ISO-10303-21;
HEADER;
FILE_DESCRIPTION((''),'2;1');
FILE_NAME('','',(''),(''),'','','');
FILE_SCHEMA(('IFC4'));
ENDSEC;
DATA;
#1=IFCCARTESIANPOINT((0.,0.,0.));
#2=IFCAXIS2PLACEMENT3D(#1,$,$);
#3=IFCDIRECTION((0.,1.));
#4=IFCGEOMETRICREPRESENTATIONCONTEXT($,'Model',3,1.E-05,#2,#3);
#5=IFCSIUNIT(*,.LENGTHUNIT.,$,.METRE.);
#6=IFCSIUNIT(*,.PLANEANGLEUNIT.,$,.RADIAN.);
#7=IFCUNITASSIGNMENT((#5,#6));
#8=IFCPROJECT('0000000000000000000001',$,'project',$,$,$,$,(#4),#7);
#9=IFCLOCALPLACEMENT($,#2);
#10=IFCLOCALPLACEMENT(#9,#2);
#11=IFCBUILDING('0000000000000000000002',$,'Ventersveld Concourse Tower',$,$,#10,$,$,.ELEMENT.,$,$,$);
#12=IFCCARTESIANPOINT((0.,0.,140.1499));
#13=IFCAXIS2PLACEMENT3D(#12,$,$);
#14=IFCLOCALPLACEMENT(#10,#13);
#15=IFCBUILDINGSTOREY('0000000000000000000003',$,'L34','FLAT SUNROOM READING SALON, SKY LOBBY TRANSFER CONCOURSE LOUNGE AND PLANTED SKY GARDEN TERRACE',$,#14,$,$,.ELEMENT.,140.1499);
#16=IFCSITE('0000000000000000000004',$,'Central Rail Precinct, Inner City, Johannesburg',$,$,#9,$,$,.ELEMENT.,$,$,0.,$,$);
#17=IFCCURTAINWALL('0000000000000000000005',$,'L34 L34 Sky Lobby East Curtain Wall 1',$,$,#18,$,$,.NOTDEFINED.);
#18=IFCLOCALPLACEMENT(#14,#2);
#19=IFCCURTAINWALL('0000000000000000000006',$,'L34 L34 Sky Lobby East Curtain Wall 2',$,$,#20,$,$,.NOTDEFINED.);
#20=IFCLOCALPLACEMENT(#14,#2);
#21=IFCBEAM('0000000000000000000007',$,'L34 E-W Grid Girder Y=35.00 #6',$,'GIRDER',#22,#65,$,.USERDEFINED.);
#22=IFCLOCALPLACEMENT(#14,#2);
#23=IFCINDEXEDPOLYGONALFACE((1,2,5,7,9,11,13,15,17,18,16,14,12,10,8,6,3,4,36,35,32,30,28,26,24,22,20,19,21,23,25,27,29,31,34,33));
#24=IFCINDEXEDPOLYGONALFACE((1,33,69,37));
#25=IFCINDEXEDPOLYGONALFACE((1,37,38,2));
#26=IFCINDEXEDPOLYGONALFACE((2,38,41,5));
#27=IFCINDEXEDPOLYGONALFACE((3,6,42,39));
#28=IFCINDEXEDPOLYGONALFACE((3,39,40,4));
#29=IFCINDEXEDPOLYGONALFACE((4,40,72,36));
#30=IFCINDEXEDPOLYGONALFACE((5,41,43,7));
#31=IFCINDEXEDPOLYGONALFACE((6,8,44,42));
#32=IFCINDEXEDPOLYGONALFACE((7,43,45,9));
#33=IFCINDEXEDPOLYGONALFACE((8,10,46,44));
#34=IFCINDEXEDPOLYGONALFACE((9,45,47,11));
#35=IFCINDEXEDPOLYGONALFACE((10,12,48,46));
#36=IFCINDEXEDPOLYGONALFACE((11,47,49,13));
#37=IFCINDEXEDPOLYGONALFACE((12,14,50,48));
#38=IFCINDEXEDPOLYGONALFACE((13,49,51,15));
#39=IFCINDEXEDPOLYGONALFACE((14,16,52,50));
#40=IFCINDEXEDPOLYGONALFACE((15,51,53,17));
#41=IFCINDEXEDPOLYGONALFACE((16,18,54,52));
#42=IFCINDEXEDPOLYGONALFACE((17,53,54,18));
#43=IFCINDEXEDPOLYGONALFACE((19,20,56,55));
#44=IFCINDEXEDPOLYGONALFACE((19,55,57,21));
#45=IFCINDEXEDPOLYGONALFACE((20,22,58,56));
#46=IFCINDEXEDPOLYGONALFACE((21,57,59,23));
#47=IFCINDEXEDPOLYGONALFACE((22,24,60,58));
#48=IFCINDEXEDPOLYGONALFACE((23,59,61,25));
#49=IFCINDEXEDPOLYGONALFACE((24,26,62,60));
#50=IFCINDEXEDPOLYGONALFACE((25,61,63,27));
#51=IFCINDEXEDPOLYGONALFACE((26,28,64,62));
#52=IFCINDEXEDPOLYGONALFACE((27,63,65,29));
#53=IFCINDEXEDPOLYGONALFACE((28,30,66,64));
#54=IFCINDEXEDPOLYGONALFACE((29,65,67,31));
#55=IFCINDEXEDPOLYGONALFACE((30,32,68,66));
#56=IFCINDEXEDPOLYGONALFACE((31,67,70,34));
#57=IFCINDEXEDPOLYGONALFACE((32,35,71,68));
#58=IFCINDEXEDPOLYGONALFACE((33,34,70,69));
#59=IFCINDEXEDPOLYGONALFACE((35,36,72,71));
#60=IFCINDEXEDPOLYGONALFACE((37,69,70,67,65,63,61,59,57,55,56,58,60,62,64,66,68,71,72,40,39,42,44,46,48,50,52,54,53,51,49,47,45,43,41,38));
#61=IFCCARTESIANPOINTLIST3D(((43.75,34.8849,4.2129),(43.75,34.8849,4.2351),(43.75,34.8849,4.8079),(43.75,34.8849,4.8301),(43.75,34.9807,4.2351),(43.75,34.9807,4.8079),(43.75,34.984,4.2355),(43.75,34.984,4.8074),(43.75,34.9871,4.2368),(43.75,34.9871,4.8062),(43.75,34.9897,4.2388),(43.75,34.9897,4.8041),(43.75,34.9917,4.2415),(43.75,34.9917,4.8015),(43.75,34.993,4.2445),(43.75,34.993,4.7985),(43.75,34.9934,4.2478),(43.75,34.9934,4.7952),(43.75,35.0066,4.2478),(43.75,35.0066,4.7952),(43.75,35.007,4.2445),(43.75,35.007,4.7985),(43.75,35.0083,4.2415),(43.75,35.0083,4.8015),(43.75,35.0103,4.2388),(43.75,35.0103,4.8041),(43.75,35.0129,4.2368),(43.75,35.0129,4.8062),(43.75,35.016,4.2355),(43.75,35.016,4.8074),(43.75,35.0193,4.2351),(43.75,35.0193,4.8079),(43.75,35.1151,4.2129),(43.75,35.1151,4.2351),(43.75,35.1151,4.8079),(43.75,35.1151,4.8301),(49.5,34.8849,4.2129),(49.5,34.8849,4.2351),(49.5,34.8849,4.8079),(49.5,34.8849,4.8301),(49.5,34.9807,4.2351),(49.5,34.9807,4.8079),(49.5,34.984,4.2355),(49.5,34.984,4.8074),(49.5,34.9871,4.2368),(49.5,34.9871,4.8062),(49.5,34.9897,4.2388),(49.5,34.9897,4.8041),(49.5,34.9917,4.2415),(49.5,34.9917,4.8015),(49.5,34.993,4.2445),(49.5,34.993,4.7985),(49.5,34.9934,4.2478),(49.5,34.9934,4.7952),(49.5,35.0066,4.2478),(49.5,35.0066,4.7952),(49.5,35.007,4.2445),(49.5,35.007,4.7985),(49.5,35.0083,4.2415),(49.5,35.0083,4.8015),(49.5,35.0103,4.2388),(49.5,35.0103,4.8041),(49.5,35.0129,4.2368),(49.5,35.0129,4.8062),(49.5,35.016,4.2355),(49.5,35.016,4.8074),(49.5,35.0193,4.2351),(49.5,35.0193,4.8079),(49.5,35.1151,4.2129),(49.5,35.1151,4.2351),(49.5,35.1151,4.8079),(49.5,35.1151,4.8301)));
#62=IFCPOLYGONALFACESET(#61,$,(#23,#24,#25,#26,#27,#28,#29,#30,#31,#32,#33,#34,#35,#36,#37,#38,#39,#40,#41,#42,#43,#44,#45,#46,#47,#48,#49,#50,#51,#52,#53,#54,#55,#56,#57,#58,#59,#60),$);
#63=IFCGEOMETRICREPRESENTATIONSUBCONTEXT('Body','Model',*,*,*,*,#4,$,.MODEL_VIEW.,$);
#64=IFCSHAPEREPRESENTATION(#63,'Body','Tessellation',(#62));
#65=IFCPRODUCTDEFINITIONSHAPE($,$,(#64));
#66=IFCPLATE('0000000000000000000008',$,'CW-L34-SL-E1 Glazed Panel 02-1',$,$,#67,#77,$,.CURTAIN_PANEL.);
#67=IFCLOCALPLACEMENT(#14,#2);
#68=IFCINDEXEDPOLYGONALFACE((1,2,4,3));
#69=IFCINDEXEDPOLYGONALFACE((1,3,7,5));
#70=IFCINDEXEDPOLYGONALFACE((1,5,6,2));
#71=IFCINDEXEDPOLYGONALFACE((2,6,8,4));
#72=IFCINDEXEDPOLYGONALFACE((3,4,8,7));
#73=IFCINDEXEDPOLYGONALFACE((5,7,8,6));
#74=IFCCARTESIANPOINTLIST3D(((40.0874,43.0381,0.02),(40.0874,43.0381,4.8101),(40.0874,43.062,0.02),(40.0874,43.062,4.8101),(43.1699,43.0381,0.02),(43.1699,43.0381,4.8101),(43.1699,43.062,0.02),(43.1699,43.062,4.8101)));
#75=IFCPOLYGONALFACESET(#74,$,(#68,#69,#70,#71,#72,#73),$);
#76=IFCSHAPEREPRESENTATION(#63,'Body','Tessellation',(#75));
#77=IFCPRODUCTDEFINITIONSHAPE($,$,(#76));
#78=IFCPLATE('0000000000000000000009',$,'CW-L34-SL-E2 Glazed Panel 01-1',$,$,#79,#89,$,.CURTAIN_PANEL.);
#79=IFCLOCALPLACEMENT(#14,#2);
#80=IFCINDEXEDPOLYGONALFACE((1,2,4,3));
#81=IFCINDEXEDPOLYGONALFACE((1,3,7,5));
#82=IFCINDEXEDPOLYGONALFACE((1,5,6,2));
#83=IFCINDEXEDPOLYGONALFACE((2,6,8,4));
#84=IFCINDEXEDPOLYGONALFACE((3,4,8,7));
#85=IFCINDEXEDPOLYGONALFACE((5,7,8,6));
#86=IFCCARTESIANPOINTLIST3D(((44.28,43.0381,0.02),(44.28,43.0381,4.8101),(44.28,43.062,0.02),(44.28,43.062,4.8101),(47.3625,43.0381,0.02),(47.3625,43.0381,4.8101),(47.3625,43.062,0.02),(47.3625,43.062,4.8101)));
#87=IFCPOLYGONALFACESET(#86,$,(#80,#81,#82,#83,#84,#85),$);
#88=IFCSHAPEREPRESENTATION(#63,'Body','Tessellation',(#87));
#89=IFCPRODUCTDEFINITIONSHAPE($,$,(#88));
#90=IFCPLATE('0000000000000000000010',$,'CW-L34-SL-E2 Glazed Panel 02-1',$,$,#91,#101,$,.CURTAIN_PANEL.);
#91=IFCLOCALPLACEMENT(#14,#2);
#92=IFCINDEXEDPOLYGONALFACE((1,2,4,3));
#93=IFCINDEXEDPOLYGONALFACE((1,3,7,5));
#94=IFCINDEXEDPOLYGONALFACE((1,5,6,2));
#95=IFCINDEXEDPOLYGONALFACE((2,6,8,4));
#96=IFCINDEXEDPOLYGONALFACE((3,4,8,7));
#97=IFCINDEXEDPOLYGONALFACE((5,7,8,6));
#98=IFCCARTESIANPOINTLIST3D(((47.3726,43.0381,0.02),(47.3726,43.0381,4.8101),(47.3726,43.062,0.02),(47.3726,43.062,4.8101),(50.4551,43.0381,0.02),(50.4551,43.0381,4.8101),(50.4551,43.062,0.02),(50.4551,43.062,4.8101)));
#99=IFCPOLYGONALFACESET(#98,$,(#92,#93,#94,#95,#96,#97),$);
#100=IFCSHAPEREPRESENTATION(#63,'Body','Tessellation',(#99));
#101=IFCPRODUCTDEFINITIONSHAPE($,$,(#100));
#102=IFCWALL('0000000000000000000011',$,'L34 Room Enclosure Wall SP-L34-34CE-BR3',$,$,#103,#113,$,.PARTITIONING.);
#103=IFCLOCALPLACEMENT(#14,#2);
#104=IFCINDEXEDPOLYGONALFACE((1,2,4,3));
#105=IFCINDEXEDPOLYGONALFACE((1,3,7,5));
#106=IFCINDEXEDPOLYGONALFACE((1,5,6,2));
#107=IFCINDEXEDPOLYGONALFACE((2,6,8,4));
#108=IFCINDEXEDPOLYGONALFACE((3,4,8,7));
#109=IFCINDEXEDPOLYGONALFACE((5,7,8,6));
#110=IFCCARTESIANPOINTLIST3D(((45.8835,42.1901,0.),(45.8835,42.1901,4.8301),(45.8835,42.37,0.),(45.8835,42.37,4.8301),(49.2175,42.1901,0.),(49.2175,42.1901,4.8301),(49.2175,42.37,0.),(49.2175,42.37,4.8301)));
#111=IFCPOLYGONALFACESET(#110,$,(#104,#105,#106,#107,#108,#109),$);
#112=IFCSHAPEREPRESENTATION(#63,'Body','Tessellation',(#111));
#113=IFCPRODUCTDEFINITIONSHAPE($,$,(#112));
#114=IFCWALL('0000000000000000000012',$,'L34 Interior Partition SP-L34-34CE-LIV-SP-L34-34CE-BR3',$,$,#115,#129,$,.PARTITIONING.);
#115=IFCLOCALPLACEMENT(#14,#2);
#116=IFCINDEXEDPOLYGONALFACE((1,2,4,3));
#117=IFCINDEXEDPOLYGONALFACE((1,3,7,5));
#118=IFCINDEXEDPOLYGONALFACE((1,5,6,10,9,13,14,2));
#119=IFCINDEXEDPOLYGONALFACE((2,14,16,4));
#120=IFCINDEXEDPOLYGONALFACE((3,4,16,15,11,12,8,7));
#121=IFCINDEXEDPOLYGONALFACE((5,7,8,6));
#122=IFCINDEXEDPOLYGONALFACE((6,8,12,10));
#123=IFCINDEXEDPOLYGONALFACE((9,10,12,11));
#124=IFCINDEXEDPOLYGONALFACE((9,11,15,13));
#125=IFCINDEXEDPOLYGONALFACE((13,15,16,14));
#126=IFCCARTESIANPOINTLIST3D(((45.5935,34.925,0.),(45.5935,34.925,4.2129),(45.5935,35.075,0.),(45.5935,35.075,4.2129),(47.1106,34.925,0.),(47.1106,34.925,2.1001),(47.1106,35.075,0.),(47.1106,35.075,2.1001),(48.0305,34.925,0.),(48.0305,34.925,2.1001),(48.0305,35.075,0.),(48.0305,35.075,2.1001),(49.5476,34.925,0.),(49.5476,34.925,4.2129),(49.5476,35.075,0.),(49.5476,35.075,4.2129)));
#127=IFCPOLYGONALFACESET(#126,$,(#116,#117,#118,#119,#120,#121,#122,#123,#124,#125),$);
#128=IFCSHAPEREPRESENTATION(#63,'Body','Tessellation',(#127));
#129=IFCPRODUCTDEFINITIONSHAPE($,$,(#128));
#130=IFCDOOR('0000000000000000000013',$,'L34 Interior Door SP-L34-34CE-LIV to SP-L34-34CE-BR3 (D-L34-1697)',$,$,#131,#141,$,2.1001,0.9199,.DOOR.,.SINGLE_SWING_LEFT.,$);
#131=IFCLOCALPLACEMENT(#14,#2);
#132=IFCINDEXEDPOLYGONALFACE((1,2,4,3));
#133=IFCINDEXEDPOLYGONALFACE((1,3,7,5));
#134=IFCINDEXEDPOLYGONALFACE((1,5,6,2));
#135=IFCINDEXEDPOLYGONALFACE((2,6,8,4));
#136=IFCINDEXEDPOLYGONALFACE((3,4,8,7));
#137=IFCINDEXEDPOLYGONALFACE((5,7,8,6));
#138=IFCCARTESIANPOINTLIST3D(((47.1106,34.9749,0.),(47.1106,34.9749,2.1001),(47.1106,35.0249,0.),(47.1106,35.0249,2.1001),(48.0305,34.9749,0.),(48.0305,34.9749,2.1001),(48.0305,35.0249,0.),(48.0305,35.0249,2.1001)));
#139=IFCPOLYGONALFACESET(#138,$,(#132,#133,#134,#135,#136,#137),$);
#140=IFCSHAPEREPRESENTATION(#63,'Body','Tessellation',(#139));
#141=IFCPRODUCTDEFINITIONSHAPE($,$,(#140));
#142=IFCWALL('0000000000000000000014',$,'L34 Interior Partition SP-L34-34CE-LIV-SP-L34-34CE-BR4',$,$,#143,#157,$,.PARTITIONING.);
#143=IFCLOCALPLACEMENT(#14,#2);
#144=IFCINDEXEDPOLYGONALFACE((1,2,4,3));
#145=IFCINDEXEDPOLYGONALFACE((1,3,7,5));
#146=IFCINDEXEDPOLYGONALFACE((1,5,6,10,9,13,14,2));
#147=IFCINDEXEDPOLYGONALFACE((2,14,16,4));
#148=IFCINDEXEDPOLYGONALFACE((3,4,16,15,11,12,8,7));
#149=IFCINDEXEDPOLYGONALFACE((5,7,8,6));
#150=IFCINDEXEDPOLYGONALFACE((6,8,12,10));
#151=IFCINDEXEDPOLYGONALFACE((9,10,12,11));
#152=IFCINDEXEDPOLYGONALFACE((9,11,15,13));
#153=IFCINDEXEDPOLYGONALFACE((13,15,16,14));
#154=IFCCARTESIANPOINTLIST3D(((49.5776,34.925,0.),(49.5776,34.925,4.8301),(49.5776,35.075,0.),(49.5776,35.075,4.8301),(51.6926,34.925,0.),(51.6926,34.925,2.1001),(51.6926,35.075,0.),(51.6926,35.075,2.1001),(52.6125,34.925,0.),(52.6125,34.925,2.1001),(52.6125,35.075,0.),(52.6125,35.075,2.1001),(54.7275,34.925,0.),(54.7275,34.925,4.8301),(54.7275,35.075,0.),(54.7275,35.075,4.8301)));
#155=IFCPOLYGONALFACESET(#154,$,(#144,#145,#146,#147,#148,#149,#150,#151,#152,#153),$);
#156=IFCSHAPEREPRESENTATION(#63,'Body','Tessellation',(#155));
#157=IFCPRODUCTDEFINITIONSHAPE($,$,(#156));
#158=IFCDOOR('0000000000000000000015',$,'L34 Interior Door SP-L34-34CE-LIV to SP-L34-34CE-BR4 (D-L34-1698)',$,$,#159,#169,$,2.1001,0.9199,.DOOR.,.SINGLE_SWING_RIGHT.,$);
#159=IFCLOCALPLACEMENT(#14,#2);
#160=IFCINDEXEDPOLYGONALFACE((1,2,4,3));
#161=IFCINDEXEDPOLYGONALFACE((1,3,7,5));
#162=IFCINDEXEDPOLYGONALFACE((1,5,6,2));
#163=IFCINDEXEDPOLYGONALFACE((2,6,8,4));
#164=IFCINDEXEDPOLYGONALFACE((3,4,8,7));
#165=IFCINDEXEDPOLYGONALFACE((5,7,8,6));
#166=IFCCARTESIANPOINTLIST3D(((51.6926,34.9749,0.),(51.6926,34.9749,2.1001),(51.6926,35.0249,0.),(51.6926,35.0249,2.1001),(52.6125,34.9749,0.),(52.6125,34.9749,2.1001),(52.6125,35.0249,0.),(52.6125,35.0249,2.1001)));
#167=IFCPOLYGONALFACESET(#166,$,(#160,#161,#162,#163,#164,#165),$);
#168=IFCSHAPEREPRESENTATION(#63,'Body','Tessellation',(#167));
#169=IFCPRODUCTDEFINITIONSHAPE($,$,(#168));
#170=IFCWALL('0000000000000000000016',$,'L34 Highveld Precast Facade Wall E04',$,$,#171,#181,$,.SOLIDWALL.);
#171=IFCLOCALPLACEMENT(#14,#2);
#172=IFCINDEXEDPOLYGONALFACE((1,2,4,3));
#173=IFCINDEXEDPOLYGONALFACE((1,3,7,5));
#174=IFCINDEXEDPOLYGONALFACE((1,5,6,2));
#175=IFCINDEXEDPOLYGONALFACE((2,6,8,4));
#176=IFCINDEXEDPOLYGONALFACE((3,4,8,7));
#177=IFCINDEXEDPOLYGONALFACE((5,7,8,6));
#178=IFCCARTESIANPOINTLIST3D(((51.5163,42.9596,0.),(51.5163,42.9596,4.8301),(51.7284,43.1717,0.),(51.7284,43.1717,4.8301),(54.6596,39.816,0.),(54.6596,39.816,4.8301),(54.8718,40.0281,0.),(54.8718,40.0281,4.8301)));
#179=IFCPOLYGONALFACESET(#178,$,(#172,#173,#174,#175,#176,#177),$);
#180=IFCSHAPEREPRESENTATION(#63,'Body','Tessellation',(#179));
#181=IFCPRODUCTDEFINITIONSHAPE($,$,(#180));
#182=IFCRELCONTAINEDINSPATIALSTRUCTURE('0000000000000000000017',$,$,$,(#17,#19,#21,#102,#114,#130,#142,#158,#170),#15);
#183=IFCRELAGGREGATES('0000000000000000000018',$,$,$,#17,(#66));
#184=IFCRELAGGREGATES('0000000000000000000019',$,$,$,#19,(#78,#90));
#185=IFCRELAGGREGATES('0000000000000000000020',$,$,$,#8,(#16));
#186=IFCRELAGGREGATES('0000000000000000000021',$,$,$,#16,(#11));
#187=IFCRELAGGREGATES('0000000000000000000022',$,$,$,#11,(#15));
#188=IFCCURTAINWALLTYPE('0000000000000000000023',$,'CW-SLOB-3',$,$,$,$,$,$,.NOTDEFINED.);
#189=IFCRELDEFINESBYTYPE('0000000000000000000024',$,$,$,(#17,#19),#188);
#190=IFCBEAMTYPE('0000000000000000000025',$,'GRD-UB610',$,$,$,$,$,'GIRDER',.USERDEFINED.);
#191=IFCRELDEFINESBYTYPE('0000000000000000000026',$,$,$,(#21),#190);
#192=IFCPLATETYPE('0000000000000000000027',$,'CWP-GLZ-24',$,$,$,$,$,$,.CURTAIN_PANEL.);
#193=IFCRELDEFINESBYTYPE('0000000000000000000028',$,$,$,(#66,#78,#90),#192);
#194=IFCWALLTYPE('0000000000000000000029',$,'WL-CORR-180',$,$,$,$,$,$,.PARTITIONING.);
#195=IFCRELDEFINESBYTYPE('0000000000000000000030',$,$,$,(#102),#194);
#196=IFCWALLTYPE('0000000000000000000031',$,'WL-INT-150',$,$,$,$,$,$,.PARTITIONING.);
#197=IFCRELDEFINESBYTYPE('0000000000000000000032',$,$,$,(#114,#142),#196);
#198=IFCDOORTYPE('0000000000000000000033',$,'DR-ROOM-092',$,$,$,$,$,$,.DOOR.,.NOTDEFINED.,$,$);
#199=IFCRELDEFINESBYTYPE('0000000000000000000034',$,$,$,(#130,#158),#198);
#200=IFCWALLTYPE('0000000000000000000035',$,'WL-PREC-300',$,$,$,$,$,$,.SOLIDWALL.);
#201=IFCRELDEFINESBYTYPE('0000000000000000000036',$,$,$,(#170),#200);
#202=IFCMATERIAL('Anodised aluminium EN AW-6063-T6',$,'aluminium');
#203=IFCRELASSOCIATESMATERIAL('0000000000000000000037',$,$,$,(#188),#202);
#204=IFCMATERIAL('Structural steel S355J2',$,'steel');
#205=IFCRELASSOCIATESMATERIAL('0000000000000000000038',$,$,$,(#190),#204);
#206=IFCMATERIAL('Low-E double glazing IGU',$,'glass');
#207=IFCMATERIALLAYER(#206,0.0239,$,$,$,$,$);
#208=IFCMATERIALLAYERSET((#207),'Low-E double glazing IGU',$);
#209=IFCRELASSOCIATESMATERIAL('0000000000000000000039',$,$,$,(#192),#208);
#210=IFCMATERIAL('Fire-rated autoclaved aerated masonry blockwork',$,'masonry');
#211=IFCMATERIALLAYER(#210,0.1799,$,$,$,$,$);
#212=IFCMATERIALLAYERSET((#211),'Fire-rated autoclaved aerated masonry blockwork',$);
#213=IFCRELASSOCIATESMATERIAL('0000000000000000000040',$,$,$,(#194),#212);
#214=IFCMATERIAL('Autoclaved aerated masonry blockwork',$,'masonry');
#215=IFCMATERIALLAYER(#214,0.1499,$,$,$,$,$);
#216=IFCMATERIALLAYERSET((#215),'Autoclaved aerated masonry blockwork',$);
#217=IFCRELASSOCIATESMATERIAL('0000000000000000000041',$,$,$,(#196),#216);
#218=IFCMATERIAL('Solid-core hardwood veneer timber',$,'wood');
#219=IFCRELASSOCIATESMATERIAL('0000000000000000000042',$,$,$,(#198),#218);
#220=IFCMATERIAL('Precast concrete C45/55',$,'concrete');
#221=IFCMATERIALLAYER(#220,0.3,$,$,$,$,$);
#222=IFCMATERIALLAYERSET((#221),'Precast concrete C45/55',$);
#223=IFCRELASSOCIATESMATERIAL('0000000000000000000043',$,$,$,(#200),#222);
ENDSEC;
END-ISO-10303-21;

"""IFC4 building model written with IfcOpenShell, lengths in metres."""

from ifc_helpers import new_model, si_unit, direction, frame, frame_2d, origin, origin_2d, place, context, subcontext, project, spatial, rectangle, i_section, extrude, material, layer, layer_set, material_profile, profile_set, type_object, element, fill, aggregate, save


model = new_model("IFC4")

# Units and contexts
model_context = context("Model", 3, precision=1e-05, world=origin(), true_north=direction((0.0, 1.0)))
body_context = subcontext(model_context, "Body", "Model", "MODEL_VIEW")
ifc_project = project(units=[si_unit("LENGTHUNIT", "METRE"), si_unit("PLANEANGLEUNIT", "RADIAN")], contexts=[model_context])

# Site, building, storey
site_placement = place(None, origin())
site = spatial("IfcSite", under=ifc_project, at=site_placement, Name="Central Rail Precinct, Inner City, Johannesburg", CompositionType="ELEMENT", RefElevation=0.0)
building_placement = place(site_placement, origin())
building = spatial("IfcBuilding", under=site, at=building_placement, Name="Ventersveld Concourse Tower", CompositionType="ELEMENT")
storey_placement = place(building_placement, frame((0.0, 0.0, 140.1499)))
storey = spatial("IfcBuildingStorey", under=building, at=storey_placement, Name="L34", Description="FLAT SUNROOM READING SALON, SKY LOBBY TRANSFER CONCOURSE LOUNGE AND PLANTED SKY GARDEN TERRACE", CompositionType="ELEMENT", Elevation=140.1499)

# Curtain wall
ifc_material_1 = material(Name="Anodised aluminium EN AW-6063-T6", Category="aluminium")
curtain_wall_type = type_object("IfcCurtainWallType", Name="CW-SLOB-3", PredefinedType="NOTDEFINED", material=ifc_material_1)
curtain_wall_1_placement = place(storey_placement, origin())
curtain_wall_1 = element("IfcCurtainWall", 1, at=curtain_wall_1_placement, inside=storey, type_object=curtain_wall_type, Name="L34 L34 Sky Lobby East Curtain Wall 1", PredefinedType="NOTDEFINED")

# Curtain wall
curtain_wall_2_placement = place(storey_placement, origin())
curtain_wall_2 = element("IfcCurtainWall", 2, at=curtain_wall_2_placement, inside=storey, type_object=curtain_wall_type, Name="L34 L34 Sky Lobby East Curtain Wall 2", PredefinedType="NOTDEFINED")

# Beam
ifc_material_2 = material(Name="Structural steel S355J2", Category="steel")
ifc_material_profile_1 = material_profile(ifc_material_2, i_section(OverallWidth=0.2302, OverallDepth=0.6172, WebThickness=0.0132, FlangeThickness=0.0222, FilletRadius=0.0127, at=origin_2d()), Name="UB 610x229x140")
ifc_profile_set_1 = profile_set([ifc_material_profile_1], Name="Structural steel S355J2")
beam_type = type_object("IfcBeamType", Name="GRD-UB610", ElementType="GIRDER", PredefinedType="USERDEFINED", material=ifc_profile_set_1)
beam_placement = place(storey_placement, frame((43.75, 35.0, 4.5215), z_axis=(1.0, 0.0, 0.0), x_axis=(0.0, 1.0, 0.0)))
element("IfcBeam", 3, at=beam_placement, inside=storey, type_object=beam_type, Name="L34 E-W Grid Girder Y=35.00 #6", ObjectType="GIRDER", PredefinedType="USERDEFINED", context=body_context, shape_type="SweptSolid", body=[
    extrude(i_section(OverallWidth=0.2302, OverallDepth=0.6172, WebThickness=0.0132, FlangeThickness=0.0222, FilletRadius=0.0127, at=origin_2d()), origin(), (0.0, 0.0, 1.0), 5.75),
])

# Plates
ifc_material_3 = material(Name="Low-E double glazing IGU", Category="glass")
ifc_layer_1 = layer(ifc_material_3, 0.0239)
ifc_layer_set_1 = layer_set([ifc_layer_1], Name="Low-E double glazing IGU")
plate_type = type_object("IfcPlateType", Name="CWP-GLZ-24", PredefinedType="CURTAIN_PANEL", material=ifc_layer_set_1)
plate_1_placement = place(storey_placement, frame((41.6287, 43.05, 0.02), z_axis=(0.0, 0.0, 1.0), x_axis=(1.0, 0.0, 0.0)))
plate_1 = element("IfcPlate", 4, at=plate_1_placement, type_object=plate_type, Name="CW-L34-SL-E1 Glazed Panel 02-1", PredefinedType="CURTAIN_PANEL", context=body_context, shape_type="SweptSolid", body=[
    extrude(rectangle(XDim=3.0825, YDim=0.0239, at=origin_2d()), origin(), (0.0, 0.0, 1.0), 4.79),
])
aggregate(curtain_wall_1, [plate_1])
plate_2_placement = place(storey_placement, frame((45.8213, 43.05, 0.02), z_axis=(0.0, 0.0, 1.0), x_axis=(1.0, 0.0, 0.0)))
plate_2 = element("IfcPlate", 5, at=plate_2_placement, type_object=plate_type, Name="CW-L34-SL-E2 Glazed Panel 01-1", PredefinedType="CURTAIN_PANEL", context=body_context, shape_type="SweptSolid", body=[
    extrude(rectangle(XDim=3.0825, YDim=0.0239, at=origin_2d()), origin(), (0.0, 0.0, 1.0), 4.79),
])
plate_3_placement = place(storey_placement, frame((48.9138, 43.05, 0.02), z_axis=(0.0, 0.0, 1.0), x_axis=(1.0, 0.0, 0.0)))
plate_3 = element("IfcPlate", 6, at=plate_3_placement, type_object=plate_type, Name="CW-L34-SL-E2 Glazed Panel 02-1", PredefinedType="CURTAIN_PANEL", context=body_context, shape_type="SweptSolid", body=[
    extrude(rectangle(XDim=3.0825, YDim=0.0239, at=origin_2d()), origin(), (0.0, 0.0, 1.0), 4.79),
])
aggregate(curtain_wall_2, [plate_2, plate_3])

# Wall
ifc_material_4 = material(Name="Fire-rated autoclaved aerated masonry blockwork", Category="masonry")
ifc_layer_2 = layer(ifc_material_4, 0.1799)
ifc_layer_set_2 = layer_set([ifc_layer_2], Name="Fire-rated autoclaved aerated masonry blockwork")
wall_type_1 = type_object("IfcWallType", Name="WL-CORR-180", PredefinedType="PARTITIONING", material=ifc_layer_set_2)
wall_1_placement = place(storey_placement, frame((45.8835, 42.28, 0.0), z_axis=(0.0, 0.0, 1.0), x_axis=(1.0, 0.0, 0.0)))
element("IfcWall", 7, at=wall_1_placement, inside=storey, type_object=wall_type_1, Name="L34 Room Enclosure Wall SP-L34-34CE-BR3", PredefinedType="PARTITIONING", context=body_context, shape_type="SweptSolid", body=[
    extrude(rectangle(XDim=3.334, YDim=0.1799, at=frame_2d((1.667, 0.0))), origin(), (0.0, 0.0, 1.0), 4.8301),
])

# Walls, openings, doors
ifc_material_5 = material(Name="Autoclaved aerated masonry blockwork", Category="masonry")
ifc_layer_3 = layer(ifc_material_5, 0.1499)
ifc_layer_set_3 = layer_set([ifc_layer_3], Name="Autoclaved aerated masonry blockwork")
wall_type_2 = type_object("IfcWallType", Name="WL-INT-150", PredefinedType="PARTITIONING", material=ifc_layer_set_3)
wall_2_placement = place(storey_placement, frame((45.5935, 35.0, 0.0), z_axis=(0.0, 0.0, 1.0), x_axis=(1.0, 0.0, 0.0)))
wall_2 = element("IfcWall", 8, at=wall_2_placement, inside=storey, type_object=wall_type_2, Name="L34 Interior Partition SP-L34-34CE-LIV-SP-L34-34CE-BR3", PredefinedType="PARTITIONING", context=body_context, shape_type="SweptSolid", body=[
    extrude(rectangle(XDim=3.9541, YDim=0.1499, at=frame_2d((1.9771, 0.0))), origin(), (0.0, 0.0, 1.0), 4.2129),
])
opening_1_placement = place(wall_2_placement, frame((1.5171, 0.0, 0.0)))
opening_1 = element("IfcOpeningElement", 9, at=opening_1_placement, cuts=wall_2, PredefinedType="OPENING", context=body_context, shape_type="SweptSolid", body=[
    extrude(rectangle(XDim=0.9199, YDim=2.1001, at=frame_2d((0.46, 1.05))), frame((0.0, 0.085, 0.0), z_axis=(0.0, -1.0, 0.0), x_axis=(1.0, 0.0, 0.0)), (0.0, 0.0, 1.0), 0.1699),
])
ifc_material_6 = material(Name="Solid-core hardwood veneer timber", Category="wood")
door_type = type_object("IfcDoorType", Name="DR-ROOM-092", OperationType="NOTDEFINED", PredefinedType="DOOR", material=ifc_material_6)
door_1_placement = place(opening_1_placement, origin())
door_1 = element("IfcDoor", 10, at=door_1_placement, inside=storey, type_object=door_type, Name="L34 Interior Door SP-L34-34CE-LIV to SP-L34-34CE-BR3 (D-L34-1697)", OperationType="SINGLE_SWING_LEFT", OverallHeight=2.1001, OverallWidth=0.9199, PredefinedType="DOOR", context=body_context, shape_type="SweptSolid", body=[
    extrude(rectangle(XDim=0.9199, YDim=2.1001, at=frame_2d((0.46, 1.05))), frame((0.0, 0.0249, 0.0), z_axis=(0.0, -1.0, 0.0), x_axis=(1.0, 0.0, 0.0)), (0.0, 0.0, 1.0), 0.05),
])
fill(opening_1, door_1)
wall_3_placement = place(storey_placement, frame((49.5776, 35.0, 0.0), z_axis=(0.0, 0.0, 1.0), x_axis=(1.0, 0.0, 0.0)))
wall_3 = element("IfcWall", 11, at=wall_3_placement, inside=storey, type_object=wall_type_2, Name="L34 Interior Partition SP-L34-34CE-LIV-SP-L34-34CE-BR4", PredefinedType="PARTITIONING", context=body_context, shape_type="SweptSolid", body=[
    extrude(rectangle(XDim=5.1499, YDim=0.1499, at=frame_2d((2.575, 0.0))), origin(), (0.0, 0.0, 1.0), 4.8301),
])
opening_2_placement = place(wall_3_placement, frame((2.115, 0.0, 0.0)))
opening_2 = element("IfcOpeningElement", 12, at=opening_2_placement, cuts=wall_3, PredefinedType="OPENING", context=body_context, shape_type="SweptSolid", body=[
    extrude(rectangle(XDim=0.9199, YDim=2.1001, at=frame_2d((0.46, 1.05))), frame((0.0, 0.085, 0.0), z_axis=(0.0, -1.0, 0.0), x_axis=(1.0, 0.0, 0.0)), (0.0, 0.0, 1.0), 0.1699),
])
door_2_placement = place(opening_2_placement, origin())
door_2 = element("IfcDoor", 13, at=door_2_placement, inside=storey, type_object=door_type, Name="L34 Interior Door SP-L34-34CE-LIV to SP-L34-34CE-BR4 (D-L34-1698)", OperationType="SINGLE_SWING_RIGHT", OverallHeight=2.1001, OverallWidth=0.9199, PredefinedType="DOOR", context=body_context, shape_type="SweptSolid", body=[
    extrude(rectangle(XDim=0.9199, YDim=2.1001, at=frame_2d((0.46, 1.05))), frame((0.0, 0.0249, 0.0), z_axis=(0.0, -1.0, 0.0), x_axis=(1.0, 0.0, 0.0)), (0.0, 0.0, 1.0), 0.05),
])
fill(opening_2, door_2)

# Wall
ifc_material_7 = material(Name="Precast concrete C45/55", Category="concrete")
ifc_layer_4 = layer(ifc_material_7, 0.3)
ifc_layer_set_4 = layer_set([ifc_layer_4], Name="Precast concrete C45/55")
wall_type_3 = type_object("IfcWallType", Name="WL-PREC-300", PredefinedType="SOLIDWALL", material=ifc_layer_set_4)
wall_4_placement = place(storey_placement, frame((54.7656, 39.9221, 0.0), z_axis=(0.0, 0.0, 1.0), x_axis=(-0.707079, 0.707134, 0.0)))
element("IfcWall", 14, at=wall_4_placement, inside=storey, type_object=wall_type_3, Name="L34 Highveld Precast Facade Wall E04", PredefinedType="SOLIDWALL", context=body_context, shape_type="SweptSolid", body=[
    extrude(rectangle(XDim=4.4456, YDim=0.3, at=frame_2d((2.2227, 0.0))), origin(), (0.0, 0.0, 1.0), 4.8301),
])

save(model, "model.ifc")
